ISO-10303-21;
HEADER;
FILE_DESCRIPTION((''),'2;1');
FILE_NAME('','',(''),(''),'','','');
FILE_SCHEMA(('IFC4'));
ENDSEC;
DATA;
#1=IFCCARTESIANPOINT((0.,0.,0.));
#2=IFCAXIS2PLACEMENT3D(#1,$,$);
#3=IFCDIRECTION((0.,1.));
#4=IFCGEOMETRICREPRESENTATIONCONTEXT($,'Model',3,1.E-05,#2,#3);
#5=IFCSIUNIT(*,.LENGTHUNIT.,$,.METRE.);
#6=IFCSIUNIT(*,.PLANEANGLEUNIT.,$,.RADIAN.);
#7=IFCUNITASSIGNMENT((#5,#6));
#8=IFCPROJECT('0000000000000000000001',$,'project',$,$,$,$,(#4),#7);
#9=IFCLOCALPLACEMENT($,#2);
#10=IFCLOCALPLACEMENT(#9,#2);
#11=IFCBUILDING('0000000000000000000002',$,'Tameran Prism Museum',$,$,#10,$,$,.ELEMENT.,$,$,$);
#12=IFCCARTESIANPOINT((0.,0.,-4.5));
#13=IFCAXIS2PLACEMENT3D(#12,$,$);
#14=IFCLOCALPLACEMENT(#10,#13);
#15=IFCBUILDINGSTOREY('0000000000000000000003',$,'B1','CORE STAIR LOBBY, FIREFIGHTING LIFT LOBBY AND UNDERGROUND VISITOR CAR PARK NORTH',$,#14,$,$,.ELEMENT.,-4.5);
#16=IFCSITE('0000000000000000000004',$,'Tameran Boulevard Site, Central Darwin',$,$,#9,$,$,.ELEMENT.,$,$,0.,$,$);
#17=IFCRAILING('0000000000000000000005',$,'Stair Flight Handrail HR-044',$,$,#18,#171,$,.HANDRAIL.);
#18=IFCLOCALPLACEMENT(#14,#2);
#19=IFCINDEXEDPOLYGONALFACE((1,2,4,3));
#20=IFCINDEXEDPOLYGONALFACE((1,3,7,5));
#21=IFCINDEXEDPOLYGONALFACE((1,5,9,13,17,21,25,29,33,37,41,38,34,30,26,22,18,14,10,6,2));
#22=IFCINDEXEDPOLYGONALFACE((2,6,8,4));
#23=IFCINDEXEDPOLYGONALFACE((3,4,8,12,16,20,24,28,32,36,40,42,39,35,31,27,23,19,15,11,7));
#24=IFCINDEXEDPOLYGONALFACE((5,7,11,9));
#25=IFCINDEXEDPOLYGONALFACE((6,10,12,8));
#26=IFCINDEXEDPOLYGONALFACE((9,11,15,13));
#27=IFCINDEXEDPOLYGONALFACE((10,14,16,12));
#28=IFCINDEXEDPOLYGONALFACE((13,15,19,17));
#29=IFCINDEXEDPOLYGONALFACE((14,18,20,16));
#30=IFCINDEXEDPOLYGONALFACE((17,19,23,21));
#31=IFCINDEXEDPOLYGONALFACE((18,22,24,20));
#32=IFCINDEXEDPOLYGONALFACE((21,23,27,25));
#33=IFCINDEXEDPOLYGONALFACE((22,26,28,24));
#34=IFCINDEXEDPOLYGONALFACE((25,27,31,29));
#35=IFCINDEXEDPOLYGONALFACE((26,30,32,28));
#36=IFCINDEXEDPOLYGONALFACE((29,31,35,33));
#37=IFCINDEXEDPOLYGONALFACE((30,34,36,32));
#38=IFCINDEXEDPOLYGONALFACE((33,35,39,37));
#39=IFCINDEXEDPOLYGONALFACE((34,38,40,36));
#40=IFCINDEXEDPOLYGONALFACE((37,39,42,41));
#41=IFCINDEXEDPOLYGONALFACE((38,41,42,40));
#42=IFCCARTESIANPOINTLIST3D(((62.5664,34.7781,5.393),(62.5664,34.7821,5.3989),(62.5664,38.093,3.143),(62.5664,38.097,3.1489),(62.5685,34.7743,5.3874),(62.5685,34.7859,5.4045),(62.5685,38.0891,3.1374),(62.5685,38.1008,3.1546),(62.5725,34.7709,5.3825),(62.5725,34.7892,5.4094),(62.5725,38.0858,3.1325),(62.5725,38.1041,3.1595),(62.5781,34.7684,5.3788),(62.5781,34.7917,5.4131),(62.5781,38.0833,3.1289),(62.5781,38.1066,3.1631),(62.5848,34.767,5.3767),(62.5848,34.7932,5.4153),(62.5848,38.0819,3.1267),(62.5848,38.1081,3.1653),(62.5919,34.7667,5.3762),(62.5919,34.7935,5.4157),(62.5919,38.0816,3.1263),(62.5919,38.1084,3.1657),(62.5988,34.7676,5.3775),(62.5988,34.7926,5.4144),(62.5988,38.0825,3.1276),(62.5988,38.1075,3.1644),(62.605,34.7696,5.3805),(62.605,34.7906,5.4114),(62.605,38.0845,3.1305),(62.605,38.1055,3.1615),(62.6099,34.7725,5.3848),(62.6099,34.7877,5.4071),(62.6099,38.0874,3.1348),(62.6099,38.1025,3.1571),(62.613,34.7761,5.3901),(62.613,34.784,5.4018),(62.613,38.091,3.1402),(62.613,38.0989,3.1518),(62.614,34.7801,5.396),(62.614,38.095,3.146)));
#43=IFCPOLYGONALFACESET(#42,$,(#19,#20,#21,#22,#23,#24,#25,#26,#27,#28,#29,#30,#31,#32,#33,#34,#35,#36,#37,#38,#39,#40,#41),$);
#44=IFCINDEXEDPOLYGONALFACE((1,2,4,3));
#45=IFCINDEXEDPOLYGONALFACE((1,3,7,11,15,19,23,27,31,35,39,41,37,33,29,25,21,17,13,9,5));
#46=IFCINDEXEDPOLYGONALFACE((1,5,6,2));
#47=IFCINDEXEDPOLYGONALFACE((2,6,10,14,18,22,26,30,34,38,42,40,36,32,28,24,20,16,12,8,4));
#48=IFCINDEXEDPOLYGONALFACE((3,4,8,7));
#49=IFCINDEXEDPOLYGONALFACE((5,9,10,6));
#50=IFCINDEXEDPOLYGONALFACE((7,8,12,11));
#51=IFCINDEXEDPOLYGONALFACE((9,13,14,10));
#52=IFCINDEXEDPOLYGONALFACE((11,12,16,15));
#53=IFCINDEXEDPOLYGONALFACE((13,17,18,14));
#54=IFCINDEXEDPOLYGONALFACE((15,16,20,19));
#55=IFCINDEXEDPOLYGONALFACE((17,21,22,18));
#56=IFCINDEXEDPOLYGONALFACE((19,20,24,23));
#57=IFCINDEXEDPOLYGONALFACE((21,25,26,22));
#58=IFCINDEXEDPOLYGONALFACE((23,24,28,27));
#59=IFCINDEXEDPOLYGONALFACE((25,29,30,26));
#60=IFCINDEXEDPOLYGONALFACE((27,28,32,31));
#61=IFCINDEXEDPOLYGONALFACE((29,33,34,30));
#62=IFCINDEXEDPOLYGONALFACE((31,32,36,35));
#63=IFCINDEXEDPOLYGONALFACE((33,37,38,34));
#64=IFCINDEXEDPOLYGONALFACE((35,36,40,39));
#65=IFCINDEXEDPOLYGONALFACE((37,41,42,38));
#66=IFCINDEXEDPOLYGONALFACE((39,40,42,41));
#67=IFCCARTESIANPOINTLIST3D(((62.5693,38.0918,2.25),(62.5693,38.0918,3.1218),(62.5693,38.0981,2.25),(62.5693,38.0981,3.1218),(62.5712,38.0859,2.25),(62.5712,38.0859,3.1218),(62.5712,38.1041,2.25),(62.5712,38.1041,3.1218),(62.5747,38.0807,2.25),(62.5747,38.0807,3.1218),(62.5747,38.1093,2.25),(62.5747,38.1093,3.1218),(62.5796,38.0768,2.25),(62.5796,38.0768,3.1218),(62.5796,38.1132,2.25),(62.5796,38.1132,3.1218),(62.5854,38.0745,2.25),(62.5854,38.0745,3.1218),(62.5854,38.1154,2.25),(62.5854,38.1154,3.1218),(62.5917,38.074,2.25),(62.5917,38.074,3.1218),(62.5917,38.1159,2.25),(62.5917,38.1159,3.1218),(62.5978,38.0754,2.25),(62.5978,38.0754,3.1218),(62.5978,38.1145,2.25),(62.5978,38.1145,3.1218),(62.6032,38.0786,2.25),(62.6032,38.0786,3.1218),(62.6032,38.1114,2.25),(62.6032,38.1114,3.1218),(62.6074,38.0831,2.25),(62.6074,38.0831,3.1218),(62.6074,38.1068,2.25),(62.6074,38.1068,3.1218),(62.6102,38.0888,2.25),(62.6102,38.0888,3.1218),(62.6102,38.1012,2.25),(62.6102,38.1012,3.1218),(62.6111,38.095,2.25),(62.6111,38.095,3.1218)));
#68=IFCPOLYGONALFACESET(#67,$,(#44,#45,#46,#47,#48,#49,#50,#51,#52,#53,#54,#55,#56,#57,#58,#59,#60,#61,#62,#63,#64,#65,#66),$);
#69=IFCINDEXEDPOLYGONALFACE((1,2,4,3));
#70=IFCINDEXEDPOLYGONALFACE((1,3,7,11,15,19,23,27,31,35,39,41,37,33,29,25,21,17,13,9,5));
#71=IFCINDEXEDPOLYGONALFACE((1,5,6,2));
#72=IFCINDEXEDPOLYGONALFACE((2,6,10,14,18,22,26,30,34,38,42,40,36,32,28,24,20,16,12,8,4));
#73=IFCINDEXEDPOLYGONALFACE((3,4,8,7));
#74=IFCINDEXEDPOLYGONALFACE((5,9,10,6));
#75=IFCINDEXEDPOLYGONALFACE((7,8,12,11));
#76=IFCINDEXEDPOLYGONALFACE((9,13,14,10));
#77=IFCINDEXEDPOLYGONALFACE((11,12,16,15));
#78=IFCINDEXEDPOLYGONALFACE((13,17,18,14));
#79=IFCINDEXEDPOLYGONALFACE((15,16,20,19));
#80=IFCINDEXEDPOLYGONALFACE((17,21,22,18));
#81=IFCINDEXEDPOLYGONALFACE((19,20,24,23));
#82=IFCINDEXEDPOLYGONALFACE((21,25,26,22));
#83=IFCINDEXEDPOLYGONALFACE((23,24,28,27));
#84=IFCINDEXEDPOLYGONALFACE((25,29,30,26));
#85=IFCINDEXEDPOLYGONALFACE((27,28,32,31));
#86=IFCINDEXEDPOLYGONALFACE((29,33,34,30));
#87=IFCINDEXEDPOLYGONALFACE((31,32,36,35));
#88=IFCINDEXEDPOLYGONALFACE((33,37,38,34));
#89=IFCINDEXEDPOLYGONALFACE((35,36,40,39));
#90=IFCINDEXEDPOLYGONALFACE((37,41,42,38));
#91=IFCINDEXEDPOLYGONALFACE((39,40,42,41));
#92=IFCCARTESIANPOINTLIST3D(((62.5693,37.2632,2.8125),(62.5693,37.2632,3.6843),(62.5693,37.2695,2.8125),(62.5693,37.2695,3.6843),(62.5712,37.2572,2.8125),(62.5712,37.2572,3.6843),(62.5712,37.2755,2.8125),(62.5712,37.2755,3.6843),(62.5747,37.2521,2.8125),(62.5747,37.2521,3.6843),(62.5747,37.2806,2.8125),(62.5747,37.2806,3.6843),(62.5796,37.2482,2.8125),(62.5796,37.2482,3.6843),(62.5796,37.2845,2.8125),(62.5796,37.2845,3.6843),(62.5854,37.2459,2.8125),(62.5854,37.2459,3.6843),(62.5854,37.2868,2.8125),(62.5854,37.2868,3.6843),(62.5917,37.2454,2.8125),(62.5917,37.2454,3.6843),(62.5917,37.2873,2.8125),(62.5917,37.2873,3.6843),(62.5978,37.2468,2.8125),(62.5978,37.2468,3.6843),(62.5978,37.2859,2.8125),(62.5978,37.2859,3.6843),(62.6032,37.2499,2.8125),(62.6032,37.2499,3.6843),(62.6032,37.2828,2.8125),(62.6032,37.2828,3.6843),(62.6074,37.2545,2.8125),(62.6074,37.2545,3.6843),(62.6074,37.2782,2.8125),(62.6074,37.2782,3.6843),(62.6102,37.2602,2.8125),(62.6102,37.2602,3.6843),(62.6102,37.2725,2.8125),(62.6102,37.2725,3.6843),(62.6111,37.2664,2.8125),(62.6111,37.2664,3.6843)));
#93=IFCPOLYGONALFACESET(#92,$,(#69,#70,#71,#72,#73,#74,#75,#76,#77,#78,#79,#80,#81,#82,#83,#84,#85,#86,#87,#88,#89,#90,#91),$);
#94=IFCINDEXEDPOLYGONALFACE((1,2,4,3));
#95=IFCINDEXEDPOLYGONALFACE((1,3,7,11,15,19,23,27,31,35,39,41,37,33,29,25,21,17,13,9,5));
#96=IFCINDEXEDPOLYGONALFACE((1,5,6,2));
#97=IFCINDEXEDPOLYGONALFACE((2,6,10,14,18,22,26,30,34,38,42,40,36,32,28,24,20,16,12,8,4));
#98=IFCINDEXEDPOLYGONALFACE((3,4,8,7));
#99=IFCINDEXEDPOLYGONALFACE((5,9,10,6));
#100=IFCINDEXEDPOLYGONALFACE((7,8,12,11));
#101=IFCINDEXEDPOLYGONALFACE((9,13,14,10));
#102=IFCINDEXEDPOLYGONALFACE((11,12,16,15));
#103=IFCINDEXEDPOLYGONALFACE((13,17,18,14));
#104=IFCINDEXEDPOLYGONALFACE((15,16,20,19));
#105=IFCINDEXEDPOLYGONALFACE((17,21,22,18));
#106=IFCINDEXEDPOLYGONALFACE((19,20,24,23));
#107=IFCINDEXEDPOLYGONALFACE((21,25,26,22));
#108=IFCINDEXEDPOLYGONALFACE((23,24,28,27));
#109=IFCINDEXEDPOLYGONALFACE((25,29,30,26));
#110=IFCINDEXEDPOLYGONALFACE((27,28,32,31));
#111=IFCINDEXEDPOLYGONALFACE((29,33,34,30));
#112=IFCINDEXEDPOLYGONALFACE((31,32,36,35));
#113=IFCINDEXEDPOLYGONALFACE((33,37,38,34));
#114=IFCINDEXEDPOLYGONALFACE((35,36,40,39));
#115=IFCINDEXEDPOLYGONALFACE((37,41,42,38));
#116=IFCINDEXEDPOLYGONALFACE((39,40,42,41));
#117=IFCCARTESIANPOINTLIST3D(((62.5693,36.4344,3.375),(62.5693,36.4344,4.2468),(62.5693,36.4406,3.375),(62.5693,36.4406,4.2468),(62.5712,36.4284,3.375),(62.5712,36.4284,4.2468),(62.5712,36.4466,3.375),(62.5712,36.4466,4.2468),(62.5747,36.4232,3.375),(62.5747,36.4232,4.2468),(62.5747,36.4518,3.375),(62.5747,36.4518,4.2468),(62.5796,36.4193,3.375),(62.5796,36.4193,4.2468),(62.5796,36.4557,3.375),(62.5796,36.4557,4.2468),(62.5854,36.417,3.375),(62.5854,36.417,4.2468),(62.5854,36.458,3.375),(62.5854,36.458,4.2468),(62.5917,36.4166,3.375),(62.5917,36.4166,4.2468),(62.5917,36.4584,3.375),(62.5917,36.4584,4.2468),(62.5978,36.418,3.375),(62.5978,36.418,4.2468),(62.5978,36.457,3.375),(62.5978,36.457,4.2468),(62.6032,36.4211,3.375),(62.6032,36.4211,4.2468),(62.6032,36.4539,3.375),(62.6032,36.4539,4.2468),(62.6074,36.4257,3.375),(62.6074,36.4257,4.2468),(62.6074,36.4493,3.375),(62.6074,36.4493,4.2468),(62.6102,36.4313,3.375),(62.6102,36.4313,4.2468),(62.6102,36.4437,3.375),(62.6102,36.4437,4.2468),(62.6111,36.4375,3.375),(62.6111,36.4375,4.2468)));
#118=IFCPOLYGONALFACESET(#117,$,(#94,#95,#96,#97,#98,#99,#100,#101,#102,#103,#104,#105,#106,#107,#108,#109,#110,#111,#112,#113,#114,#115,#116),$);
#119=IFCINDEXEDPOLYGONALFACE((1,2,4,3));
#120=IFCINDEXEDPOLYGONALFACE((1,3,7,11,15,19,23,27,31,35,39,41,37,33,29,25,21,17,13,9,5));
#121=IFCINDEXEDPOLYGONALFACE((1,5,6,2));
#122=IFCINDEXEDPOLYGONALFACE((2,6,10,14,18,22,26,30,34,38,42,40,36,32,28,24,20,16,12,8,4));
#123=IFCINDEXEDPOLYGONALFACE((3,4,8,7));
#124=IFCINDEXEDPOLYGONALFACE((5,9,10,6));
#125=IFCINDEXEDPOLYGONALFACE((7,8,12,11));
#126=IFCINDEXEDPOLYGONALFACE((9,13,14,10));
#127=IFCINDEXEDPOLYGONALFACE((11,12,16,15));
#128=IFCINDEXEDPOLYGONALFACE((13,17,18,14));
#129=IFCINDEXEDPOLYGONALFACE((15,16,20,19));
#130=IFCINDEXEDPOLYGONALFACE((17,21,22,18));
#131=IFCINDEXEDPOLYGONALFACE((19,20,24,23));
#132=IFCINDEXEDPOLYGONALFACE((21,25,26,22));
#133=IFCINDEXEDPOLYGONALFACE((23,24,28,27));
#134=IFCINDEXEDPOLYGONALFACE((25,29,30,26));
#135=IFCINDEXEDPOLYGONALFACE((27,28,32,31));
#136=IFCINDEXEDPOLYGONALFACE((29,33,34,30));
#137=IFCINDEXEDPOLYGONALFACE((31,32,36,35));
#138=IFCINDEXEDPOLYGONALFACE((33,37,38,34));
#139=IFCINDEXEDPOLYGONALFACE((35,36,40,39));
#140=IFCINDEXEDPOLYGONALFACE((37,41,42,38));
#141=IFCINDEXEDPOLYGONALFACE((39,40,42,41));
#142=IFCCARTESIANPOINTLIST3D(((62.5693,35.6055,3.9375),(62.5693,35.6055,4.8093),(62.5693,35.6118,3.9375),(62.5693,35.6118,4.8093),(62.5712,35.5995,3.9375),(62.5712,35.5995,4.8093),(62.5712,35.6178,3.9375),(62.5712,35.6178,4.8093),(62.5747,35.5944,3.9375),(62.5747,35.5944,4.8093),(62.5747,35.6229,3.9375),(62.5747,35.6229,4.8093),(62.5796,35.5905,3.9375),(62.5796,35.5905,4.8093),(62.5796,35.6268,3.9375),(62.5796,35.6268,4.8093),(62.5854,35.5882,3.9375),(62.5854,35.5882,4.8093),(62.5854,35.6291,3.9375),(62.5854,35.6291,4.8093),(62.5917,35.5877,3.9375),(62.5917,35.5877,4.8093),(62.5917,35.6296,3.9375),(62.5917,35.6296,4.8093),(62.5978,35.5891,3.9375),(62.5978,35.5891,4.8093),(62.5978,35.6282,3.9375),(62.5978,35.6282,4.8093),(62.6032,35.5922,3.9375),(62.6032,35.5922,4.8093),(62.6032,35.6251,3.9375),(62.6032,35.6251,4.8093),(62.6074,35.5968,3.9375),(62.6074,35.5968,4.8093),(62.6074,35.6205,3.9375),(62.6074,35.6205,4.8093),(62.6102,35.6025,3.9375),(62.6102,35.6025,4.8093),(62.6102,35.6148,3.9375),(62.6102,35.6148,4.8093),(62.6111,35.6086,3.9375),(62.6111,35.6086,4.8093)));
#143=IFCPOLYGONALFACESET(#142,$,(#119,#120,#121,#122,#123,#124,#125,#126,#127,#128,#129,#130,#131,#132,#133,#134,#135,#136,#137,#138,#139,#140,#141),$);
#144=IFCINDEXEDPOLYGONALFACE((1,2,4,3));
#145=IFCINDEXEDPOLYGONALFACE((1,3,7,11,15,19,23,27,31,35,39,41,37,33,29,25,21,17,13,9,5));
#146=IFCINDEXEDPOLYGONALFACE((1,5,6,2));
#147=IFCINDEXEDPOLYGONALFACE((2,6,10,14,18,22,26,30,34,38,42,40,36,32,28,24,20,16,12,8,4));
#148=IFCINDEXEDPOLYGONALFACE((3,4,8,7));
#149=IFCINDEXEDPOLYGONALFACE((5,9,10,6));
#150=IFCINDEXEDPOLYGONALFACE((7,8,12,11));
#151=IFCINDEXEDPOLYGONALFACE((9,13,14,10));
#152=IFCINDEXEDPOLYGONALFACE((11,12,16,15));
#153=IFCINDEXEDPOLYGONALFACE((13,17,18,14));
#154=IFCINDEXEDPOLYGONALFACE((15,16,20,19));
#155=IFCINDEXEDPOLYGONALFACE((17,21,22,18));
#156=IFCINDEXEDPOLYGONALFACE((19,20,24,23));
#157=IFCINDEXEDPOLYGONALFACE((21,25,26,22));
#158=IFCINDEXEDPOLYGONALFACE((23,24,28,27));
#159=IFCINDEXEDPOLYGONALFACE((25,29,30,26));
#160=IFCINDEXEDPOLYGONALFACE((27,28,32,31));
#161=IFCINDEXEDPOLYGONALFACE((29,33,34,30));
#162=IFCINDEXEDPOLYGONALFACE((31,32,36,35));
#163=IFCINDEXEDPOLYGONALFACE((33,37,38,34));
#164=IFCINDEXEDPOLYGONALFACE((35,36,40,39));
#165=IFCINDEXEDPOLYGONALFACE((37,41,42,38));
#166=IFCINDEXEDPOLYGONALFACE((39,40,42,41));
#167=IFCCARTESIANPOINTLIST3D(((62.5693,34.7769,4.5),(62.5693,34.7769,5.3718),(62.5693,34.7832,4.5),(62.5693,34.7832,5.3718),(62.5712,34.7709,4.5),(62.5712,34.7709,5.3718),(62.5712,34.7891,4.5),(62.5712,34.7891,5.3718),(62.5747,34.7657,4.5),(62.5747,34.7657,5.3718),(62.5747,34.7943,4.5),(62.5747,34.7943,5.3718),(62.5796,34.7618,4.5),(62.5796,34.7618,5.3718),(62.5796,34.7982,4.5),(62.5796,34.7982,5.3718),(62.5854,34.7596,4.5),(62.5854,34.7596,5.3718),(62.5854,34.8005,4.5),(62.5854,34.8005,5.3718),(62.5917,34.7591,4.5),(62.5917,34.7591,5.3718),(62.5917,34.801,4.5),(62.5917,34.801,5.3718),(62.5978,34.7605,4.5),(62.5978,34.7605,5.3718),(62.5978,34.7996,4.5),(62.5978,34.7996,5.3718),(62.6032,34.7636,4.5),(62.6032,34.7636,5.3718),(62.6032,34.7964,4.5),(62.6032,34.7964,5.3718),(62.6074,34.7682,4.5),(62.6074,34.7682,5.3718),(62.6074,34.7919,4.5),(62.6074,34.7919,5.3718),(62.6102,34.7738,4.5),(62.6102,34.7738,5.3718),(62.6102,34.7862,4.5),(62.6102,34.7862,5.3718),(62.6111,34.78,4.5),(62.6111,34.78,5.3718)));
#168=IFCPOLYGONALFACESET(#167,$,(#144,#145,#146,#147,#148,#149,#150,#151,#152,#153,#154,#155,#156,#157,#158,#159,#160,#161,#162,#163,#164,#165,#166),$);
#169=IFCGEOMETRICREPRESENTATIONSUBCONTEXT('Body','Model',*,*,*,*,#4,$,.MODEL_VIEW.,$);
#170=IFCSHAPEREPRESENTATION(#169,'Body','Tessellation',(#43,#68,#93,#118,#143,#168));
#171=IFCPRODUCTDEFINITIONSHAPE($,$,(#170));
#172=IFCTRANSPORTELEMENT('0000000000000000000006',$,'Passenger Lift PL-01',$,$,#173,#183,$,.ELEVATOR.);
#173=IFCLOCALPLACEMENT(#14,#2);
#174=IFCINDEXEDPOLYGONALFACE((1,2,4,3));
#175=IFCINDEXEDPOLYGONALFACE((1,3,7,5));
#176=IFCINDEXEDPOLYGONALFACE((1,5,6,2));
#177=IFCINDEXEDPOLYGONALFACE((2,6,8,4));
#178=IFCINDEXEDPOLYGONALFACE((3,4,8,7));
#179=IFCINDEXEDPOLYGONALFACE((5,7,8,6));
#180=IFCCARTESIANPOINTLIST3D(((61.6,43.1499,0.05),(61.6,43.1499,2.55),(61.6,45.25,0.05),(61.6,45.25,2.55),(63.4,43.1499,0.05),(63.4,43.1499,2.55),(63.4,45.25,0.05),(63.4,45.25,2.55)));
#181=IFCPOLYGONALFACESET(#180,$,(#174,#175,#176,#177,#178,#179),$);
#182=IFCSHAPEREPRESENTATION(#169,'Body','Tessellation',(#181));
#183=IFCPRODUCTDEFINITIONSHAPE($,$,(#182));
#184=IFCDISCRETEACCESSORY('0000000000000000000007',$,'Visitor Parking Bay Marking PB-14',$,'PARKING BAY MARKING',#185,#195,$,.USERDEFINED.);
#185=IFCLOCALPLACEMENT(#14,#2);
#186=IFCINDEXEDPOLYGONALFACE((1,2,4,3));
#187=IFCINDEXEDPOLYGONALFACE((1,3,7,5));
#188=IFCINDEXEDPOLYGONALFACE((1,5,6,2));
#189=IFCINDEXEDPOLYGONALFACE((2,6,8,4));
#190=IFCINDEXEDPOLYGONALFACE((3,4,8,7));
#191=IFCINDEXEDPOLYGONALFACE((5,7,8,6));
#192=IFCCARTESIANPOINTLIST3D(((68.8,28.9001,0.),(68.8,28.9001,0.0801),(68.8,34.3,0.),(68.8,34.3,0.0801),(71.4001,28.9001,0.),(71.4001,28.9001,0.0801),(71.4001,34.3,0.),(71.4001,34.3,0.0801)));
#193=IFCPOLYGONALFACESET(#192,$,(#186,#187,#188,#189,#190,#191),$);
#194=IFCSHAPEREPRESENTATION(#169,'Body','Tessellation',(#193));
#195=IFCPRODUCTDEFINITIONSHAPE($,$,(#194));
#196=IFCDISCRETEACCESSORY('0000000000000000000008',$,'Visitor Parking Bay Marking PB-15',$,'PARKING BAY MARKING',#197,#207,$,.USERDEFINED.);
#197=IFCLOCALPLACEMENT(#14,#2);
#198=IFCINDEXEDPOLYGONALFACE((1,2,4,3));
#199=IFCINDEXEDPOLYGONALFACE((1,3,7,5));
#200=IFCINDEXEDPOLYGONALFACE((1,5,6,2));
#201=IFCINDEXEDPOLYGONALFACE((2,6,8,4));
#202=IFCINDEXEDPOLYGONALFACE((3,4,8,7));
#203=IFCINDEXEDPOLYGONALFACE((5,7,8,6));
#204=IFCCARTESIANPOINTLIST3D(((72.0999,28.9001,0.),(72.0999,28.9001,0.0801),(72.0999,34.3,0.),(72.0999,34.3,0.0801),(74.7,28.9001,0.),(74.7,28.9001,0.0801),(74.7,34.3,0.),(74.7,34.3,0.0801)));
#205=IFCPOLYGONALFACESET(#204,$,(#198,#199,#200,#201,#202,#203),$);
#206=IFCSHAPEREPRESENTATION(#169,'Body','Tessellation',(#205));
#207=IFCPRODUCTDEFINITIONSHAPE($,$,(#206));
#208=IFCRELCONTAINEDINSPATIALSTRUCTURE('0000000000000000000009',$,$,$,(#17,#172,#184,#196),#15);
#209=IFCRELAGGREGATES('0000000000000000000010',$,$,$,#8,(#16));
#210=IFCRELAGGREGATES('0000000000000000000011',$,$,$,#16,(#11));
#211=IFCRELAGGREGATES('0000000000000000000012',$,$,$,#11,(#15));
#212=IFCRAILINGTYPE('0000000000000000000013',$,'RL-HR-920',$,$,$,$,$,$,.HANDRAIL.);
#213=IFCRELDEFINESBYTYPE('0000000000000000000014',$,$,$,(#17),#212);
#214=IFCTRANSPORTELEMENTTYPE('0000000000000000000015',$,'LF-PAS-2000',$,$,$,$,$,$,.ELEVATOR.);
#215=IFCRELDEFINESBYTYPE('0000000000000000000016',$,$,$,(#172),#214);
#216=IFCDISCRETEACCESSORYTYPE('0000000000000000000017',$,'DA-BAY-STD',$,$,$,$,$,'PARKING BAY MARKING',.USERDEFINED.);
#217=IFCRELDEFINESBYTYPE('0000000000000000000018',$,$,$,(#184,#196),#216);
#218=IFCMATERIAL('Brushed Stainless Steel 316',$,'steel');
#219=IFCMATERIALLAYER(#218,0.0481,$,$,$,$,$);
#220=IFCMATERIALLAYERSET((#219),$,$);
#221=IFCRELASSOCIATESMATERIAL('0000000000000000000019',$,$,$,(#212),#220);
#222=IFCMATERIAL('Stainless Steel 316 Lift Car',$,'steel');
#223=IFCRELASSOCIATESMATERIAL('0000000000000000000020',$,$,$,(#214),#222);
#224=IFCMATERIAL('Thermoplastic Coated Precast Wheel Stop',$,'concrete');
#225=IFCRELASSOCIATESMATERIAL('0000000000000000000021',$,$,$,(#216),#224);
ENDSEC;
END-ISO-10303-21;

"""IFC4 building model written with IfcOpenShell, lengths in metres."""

from ifc_helpers import new_model, si_unit, direction, frame, origin, origin_2d, place, context, subcontext, project, spatial, rectangle, circle, extrude, material, layer, layer_set, type_object, element, save


model = new_model("IFC4")

# Units and contexts
model_context = context("Model", 3, precision=1e-05, world=origin(), true_north=direction((0.0, 1.0)))
body_context = subcontext(model_context, "Body", "Model", "MODEL_VIEW")
ifc_project = project(units=[si_unit("LENGTHUNIT", "METRE"), si_unit("PLANEANGLEUNIT", "RADIAN")], contexts=[model_context])

# Site, building, storey
site_placement = place(None, origin())
site = spatial("IfcSite", under=ifc_project, at=site_placement, Name="Tameran Boulevard Site, Central Darwin", CompositionType="ELEMENT", RefElevation=0.0)
building_placement = place(site_placement, origin())
building = spatial("IfcBuilding", under=site, at=building_placement, Name="Tameran Prism Museum", CompositionType="ELEMENT")
storey_placement = place(building_placement, frame((0.0, 0.0, -4.5)))
storey = spatial("IfcBuildingStorey", under=building, at=storey_placement, Name="B1", Description="CORE STAIR LOBBY, FIREFIGHTING LIFT LOBBY AND UNDERGROUND VISITOR CAR PARK NORTH", CompositionType="ELEMENT", Elevation=-4.5)

# Railing
ifc_material_1 = material(Name="Brushed Stainless Steel 316", Category="steel")
ifc_layer_1 = layer(ifc_material_1, 0.0481)
ifc_layer_set_1 = layer_set([ifc_layer_1])
railing_type = type_object("IfcRailingType", Name="RL-HR-920", PredefinedType="HANDRAIL", material=ifc_layer_set_1)
railing_placement = place(storey_placement, frame((62.5901, 38.095, 2.25)))
element("IfcRailing", 1, at=railing_placement, inside=storey, type_object=railing_type, Name="Stair Flight Handrail HR-044", PredefinedType="HANDRAIL", context=body_context, shape_type="SweptSolid", body=[
    extrude(circle(Radius=0.0239, at=origin_2d()), frame((0.0, 0.0, 0.896), z_axis=(0.0, -0.827409, 0.5616), x_axis=(1.0, 0.0, 0.0)), (0.0, 0.0, 1.0), 4.0063),
    extrude(circle(Radius=0.021, at=origin_2d()), origin(), (0.0, 0.0, 1.0), 0.8718),
    extrude(circle(Radius=0.021, at=origin_2d()), frame((0.0, -0.8286, 0.5625)), (0.0, 0.0, 1.0), 0.8718),
    extrude(circle(Radius=0.021, at=origin_2d()), frame((0.0, -1.6575, 1.125)), (0.0, 0.0, 1.0), 0.8718),
    extrude(circle(Radius=0.021, at=origin_2d()), frame((0.0, -2.4863, 1.6875)), (0.0, 0.0, 1.0), 0.8718),
    extrude(circle(Radius=0.021, at=origin_2d()), frame((0.0, -3.3149, 2.25)), (0.0, 0.0, 1.0), 0.8718),
])

# Transport element
ifc_material_2 = material(Name="Stainless Steel 316 Lift Car", Category="steel")
transport_element_type = type_object("IfcTransportElementType", Name="LF-PAS-2000", PredefinedType="ELEVATOR", material=ifc_material_2)
transport_element_placement = place(storey_placement, frame((62.5, 44.2, 0.05), z_axis=(0.0, 0.0, 1.0), x_axis=(1.0, 0.0, 0.0)))
element("IfcTransportElement", 2, at=transport_element_placement, inside=storey, type_object=transport_element_type, Name="Passenger Lift PL-01", PredefinedType="ELEVATOR", context=body_context, shape_type="SweptSolid", body=[
    extrude(rectangle(XDim=1.8, YDim=2.1001, at=origin_2d()), origin(), (0.0, 0.0, 1.0), 2.5),
])

# Discrete accessories
ifc_material_3 = material(Name="Thermoplastic Coated Precast Wheel Stop", Category="concrete")
discrete_accessory_type = type_object("IfcDiscreteAccessoryType", Name="DA-BAY-STD", ElementType="PARKING BAY MARKING", PredefinedType="USERDEFINED", material=ifc_material_3)
for number, where, z_axis, x_axis, name in (
    (3, (70.1001, 31.6001, 0.0), (0.0, 0.0, 1.0), (1.0, 0.0, 0.0), "Visitor Parking Bay Marking PB-14"),
    (4, (73.3999, 31.6001, 0.0), (0.0, 0.0, 1.0), (1.0, 0.0, 0.0), "Visitor Parking Bay Marking PB-15"),
):
    element("IfcDiscreteAccessory", number, at=place(storey_placement, frame(where, z_axis=z_axis, x_axis=x_axis)), inside=storey, type_object=discrete_accessory_type, Name=name, ObjectType="PARKING BAY MARKING", PredefinedType="USERDEFINED", context=body_context, shape_type="SweptSolid", body=[
        extrude(rectangle(XDim=2.6001, YDim=5.3999, at=origin_2d()), origin(), (0.0, 0.0, 1.0), 0.0801),
    ])

save(model, "model.ifc")
